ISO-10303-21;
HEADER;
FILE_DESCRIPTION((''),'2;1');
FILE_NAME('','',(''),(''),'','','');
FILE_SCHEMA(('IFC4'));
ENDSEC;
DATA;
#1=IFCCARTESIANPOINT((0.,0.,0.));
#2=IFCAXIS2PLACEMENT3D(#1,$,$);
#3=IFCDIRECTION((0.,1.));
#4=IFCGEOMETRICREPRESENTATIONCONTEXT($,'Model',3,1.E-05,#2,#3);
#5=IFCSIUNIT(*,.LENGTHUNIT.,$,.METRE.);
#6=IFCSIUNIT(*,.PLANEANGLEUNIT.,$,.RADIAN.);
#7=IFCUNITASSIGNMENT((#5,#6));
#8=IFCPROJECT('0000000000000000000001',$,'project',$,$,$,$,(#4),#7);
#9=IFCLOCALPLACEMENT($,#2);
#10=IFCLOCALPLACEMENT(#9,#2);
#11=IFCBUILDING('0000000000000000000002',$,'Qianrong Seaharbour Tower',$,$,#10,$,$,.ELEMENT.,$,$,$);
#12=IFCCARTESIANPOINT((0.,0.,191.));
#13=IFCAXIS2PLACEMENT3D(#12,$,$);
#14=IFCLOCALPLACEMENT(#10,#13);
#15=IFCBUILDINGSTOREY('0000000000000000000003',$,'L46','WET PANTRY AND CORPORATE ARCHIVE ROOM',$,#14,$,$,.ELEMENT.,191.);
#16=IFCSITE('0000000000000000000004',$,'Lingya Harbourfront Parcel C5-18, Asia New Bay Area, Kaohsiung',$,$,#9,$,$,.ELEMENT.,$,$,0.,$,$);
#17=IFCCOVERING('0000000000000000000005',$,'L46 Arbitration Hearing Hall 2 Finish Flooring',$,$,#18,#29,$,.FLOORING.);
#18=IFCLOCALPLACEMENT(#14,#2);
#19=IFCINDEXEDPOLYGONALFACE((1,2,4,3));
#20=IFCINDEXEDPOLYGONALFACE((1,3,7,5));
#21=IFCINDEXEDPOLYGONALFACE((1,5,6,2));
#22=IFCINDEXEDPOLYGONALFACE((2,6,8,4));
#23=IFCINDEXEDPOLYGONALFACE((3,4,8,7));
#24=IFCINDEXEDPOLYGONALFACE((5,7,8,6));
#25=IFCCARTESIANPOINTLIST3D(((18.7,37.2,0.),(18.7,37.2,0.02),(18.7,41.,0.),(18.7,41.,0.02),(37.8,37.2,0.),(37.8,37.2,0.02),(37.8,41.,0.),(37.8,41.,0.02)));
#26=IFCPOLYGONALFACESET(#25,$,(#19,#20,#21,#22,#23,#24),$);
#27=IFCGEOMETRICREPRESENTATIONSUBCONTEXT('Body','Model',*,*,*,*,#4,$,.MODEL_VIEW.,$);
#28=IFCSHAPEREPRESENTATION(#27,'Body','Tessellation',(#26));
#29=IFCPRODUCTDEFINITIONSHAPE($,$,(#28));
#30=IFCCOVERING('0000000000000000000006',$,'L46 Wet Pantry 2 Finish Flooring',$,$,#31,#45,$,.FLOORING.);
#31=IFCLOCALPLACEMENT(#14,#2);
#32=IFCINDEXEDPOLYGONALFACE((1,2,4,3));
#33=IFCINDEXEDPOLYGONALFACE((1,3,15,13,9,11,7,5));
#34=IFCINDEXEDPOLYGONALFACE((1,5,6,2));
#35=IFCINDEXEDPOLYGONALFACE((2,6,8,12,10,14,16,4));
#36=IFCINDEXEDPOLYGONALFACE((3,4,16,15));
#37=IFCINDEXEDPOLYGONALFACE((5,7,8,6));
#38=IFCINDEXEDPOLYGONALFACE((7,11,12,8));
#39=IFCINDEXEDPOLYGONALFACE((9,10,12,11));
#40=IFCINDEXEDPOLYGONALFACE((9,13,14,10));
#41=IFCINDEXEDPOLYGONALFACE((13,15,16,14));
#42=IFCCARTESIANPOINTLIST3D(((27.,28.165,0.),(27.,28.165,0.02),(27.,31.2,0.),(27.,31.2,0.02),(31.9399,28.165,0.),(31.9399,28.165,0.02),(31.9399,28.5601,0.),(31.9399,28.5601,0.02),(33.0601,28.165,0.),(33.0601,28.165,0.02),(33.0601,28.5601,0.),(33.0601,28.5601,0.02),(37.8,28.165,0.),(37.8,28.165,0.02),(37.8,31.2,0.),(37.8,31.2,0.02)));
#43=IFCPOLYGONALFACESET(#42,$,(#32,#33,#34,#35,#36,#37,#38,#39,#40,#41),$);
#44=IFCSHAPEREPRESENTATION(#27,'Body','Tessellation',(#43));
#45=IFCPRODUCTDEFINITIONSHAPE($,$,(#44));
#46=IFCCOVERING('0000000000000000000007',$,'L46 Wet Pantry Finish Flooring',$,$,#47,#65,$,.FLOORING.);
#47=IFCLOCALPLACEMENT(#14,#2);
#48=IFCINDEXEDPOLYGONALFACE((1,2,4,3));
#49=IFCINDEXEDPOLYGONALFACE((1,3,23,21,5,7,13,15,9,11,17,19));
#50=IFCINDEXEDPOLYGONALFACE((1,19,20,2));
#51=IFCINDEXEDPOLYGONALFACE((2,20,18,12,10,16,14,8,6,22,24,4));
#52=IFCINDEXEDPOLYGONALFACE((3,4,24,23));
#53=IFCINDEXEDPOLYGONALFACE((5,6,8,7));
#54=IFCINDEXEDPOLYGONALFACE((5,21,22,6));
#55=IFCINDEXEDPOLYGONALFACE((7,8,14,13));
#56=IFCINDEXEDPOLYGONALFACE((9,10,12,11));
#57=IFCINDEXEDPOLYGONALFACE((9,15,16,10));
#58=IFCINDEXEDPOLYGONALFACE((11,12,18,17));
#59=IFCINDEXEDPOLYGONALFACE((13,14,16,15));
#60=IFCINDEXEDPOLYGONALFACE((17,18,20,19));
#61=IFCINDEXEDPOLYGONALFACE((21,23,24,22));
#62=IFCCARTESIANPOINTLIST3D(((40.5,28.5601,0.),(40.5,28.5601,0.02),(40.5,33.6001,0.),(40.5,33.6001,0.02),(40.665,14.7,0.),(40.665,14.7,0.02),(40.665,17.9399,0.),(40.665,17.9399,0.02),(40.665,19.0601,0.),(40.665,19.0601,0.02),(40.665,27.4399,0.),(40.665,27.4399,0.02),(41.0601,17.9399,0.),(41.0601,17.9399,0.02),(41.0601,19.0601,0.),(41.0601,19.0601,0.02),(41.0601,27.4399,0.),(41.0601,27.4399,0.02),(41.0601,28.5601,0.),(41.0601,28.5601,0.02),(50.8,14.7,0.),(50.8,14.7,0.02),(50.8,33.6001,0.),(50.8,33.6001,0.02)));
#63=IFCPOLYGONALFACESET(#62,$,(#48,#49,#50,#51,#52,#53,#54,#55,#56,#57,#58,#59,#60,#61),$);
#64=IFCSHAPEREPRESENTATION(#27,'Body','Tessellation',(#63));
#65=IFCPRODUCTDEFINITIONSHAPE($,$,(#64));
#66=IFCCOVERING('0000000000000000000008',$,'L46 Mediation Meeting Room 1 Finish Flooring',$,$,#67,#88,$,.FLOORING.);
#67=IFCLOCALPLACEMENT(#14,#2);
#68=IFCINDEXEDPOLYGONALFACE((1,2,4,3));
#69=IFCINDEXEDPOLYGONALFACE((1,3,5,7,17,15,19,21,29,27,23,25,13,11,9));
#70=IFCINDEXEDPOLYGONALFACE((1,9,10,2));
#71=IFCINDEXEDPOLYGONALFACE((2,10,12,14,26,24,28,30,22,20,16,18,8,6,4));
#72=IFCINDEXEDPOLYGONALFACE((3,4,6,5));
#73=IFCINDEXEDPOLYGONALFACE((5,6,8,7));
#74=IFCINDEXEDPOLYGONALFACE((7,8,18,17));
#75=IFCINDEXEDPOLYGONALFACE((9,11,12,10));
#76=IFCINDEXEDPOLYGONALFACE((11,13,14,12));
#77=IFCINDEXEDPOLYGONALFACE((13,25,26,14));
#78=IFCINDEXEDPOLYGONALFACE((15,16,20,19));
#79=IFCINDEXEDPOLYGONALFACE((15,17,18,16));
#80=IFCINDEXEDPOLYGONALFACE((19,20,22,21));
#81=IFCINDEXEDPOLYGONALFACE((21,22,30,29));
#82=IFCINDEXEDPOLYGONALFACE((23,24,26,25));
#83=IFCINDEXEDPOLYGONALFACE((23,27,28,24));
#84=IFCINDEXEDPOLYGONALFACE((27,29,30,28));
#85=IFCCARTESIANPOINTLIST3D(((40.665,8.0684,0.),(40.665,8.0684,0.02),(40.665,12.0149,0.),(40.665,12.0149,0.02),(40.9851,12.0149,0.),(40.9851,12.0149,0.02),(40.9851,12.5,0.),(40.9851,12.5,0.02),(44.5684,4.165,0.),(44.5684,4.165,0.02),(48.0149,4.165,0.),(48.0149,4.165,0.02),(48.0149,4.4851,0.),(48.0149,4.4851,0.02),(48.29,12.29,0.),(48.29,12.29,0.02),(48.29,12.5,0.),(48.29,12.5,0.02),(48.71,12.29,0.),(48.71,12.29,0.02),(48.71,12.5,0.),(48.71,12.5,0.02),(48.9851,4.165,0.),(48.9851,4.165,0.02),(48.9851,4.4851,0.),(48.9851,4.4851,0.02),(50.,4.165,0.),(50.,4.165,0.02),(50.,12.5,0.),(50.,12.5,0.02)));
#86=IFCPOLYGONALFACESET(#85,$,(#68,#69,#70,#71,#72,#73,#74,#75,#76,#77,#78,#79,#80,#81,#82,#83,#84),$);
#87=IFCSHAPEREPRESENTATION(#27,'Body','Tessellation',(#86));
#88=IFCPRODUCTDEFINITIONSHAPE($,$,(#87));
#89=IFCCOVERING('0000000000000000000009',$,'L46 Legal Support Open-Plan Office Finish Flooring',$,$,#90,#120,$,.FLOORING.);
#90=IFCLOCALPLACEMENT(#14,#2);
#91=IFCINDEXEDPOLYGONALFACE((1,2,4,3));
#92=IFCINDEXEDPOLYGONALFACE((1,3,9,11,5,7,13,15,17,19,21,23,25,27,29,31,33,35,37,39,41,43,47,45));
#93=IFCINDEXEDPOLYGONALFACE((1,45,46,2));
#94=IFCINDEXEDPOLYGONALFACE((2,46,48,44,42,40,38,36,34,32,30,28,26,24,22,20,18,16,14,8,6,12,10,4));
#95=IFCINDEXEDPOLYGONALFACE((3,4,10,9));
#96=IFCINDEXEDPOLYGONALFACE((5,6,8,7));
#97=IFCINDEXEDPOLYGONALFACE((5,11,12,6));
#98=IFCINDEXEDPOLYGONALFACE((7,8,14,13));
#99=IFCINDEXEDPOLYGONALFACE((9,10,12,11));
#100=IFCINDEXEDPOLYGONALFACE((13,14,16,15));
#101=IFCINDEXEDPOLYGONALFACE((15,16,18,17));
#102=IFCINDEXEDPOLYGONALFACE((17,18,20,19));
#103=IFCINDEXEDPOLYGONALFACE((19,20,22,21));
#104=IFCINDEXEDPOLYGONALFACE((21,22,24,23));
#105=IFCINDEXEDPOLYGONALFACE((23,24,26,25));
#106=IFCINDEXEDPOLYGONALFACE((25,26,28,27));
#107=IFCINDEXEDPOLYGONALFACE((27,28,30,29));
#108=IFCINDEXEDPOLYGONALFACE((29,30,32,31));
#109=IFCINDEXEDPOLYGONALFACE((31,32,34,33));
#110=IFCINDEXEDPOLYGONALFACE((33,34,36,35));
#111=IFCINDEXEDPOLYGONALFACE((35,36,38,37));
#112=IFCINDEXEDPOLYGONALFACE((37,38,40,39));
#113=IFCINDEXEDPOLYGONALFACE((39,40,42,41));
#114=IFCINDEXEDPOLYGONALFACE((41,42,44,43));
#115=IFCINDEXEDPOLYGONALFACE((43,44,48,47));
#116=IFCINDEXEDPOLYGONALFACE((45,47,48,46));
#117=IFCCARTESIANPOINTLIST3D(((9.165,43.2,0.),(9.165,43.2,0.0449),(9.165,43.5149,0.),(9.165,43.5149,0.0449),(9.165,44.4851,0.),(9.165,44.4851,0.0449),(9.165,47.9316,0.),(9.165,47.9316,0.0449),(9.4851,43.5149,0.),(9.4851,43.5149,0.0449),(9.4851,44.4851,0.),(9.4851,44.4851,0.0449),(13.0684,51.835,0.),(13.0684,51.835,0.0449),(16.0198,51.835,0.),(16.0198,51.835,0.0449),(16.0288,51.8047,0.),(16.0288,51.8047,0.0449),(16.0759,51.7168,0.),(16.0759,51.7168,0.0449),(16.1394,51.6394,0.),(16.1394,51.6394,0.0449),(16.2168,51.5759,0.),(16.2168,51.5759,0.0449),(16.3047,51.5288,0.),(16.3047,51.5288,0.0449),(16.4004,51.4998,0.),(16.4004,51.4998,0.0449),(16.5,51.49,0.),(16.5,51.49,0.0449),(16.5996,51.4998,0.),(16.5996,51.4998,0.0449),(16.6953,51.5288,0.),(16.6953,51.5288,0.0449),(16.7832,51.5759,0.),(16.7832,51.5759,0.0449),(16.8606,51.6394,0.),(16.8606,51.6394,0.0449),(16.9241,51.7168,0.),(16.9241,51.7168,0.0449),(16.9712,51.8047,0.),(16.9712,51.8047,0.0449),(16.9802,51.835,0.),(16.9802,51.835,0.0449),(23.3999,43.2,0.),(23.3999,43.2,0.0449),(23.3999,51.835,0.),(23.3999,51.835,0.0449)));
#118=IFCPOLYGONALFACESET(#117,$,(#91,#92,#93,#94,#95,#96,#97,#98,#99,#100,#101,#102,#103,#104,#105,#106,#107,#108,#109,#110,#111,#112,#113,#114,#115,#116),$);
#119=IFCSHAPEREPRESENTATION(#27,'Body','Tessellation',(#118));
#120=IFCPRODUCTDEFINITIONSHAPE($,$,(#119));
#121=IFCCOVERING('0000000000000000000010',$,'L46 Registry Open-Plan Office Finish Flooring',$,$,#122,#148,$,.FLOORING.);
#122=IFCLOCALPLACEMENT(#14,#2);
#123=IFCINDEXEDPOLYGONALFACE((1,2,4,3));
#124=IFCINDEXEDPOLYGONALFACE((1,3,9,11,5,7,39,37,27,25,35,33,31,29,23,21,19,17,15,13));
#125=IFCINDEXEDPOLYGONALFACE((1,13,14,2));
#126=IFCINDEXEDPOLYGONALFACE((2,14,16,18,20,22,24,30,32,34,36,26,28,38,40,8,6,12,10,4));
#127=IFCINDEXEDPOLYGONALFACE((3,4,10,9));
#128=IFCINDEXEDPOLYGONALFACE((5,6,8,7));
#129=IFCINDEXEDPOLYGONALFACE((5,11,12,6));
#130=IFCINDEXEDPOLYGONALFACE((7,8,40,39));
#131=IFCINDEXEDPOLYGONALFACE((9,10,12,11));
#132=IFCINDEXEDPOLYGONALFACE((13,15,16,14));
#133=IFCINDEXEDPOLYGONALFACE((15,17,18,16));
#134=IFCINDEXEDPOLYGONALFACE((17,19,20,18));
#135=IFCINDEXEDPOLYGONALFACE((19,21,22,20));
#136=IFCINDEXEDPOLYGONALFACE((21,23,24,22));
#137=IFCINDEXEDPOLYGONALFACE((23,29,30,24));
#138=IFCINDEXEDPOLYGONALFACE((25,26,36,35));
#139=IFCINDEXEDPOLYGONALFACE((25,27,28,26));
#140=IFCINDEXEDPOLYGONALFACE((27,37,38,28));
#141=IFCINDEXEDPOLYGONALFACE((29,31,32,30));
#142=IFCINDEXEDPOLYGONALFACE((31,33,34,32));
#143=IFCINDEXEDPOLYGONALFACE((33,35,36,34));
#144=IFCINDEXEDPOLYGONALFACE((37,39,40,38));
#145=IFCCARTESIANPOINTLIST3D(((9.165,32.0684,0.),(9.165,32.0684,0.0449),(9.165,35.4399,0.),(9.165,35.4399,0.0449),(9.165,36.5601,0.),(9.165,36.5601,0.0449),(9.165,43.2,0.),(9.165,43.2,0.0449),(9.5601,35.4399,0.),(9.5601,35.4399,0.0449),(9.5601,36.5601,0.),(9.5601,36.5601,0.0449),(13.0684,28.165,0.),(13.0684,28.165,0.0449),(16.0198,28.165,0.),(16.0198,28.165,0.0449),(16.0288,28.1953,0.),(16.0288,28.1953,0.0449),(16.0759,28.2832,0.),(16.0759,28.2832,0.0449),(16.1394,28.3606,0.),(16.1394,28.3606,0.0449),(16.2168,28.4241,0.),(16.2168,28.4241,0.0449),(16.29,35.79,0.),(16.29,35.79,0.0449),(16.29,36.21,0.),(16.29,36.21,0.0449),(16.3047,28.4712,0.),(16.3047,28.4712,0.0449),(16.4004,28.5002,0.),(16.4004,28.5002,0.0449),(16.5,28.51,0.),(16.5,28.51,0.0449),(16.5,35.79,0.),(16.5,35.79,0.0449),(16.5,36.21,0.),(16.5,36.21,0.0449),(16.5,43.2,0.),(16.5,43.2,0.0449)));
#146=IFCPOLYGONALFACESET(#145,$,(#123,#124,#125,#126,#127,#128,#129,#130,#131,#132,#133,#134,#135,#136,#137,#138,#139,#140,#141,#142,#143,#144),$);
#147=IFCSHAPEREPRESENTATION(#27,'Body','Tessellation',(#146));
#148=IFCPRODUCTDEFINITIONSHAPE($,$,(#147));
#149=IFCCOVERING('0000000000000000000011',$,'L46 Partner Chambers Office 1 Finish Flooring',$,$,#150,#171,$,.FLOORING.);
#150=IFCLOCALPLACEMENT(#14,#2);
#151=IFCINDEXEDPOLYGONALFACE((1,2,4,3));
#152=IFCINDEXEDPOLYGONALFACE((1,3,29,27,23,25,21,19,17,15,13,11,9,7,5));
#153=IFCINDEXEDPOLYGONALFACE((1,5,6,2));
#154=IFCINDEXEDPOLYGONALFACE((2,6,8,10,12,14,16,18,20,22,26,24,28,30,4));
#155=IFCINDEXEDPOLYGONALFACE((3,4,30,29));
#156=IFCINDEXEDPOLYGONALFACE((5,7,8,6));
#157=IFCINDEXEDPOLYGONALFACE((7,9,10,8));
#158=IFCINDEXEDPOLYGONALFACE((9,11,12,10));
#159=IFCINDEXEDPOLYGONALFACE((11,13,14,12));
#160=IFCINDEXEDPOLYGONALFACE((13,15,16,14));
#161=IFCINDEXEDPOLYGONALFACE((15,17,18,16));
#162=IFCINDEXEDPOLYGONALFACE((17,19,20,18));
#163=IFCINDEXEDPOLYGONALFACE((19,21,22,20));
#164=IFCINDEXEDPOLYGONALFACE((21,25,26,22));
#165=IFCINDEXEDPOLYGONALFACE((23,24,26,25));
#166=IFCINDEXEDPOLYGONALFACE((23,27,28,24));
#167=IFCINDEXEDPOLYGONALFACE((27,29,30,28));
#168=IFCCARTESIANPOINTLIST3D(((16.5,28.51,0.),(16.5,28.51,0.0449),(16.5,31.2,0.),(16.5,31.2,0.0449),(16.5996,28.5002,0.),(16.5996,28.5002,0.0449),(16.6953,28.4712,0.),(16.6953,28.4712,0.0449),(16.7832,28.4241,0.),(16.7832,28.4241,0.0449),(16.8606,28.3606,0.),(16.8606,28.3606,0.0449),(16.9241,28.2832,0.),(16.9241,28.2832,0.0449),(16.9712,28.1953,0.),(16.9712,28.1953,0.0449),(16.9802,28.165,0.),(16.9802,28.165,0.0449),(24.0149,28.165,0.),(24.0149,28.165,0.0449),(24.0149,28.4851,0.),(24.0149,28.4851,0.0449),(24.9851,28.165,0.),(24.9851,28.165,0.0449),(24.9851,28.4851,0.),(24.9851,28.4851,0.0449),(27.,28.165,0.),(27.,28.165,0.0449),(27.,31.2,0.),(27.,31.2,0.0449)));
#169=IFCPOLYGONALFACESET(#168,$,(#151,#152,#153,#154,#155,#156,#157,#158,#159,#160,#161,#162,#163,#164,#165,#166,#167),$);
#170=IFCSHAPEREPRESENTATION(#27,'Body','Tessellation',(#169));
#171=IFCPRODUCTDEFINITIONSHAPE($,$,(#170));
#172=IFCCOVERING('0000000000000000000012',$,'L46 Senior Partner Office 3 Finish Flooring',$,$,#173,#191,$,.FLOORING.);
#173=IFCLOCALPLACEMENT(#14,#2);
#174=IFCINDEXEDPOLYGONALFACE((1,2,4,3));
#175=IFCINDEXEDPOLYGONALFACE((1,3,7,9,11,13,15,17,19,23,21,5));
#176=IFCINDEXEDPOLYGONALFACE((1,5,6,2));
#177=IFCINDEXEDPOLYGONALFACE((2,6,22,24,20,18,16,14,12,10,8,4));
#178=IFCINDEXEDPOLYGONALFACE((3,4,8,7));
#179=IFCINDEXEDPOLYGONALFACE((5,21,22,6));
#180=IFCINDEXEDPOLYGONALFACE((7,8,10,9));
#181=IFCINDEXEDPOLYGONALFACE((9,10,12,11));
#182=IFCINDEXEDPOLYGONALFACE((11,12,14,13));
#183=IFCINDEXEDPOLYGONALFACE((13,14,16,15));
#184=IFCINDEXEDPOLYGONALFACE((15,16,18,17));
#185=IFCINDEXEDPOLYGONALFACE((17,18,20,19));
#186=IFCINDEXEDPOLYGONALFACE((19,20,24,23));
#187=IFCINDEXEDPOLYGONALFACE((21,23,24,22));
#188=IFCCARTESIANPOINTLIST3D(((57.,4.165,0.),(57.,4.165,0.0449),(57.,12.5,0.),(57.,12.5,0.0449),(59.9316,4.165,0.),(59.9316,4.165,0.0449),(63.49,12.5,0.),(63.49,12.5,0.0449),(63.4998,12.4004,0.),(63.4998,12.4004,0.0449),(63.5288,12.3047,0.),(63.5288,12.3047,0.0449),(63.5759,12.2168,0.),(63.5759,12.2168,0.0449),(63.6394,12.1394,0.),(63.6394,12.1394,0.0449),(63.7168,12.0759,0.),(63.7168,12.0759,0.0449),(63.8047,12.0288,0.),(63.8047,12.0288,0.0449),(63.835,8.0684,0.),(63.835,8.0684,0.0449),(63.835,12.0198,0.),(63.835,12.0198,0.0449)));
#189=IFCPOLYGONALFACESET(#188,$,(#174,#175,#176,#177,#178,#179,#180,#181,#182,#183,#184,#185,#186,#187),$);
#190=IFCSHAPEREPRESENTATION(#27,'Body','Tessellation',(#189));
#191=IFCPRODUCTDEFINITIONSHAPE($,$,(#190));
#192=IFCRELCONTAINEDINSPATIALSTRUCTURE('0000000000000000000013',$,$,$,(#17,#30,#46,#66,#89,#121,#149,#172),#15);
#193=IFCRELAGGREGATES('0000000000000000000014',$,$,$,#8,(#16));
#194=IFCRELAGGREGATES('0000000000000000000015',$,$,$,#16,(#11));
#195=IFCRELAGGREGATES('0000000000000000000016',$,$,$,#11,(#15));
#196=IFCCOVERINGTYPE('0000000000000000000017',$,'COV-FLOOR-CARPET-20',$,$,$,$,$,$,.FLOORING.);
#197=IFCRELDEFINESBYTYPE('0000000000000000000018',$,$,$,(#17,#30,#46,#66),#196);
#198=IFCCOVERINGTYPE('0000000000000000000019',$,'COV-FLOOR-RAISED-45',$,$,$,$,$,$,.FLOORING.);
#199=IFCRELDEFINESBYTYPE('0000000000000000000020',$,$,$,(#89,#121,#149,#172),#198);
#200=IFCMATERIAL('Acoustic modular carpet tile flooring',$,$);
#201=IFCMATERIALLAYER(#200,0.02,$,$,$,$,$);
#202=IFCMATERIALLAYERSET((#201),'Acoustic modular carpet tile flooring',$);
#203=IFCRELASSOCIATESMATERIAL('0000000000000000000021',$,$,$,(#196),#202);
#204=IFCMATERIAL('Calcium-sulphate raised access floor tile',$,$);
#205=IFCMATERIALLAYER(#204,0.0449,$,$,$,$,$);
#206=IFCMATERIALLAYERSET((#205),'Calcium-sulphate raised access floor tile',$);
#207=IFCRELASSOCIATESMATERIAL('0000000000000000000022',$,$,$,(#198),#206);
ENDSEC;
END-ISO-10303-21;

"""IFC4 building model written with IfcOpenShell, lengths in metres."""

from ifc_helpers import new_model, si_unit, direction, frame, origin, place, context, subcontext, project, spatial, polyline, outline, extrude, material, layer, layer_set, type_object, element, save


model = new_model("IFC4")

# Units and contexts
model_context = context("Model", 3, precision=1e-05, world=origin(), true_north=direction((0.0, 1.0)))
body_context = subcontext(model_context, "Body", "Model", "MODEL_VIEW")
ifc_project = project(units=[si_unit("LENGTHUNIT", "METRE"), si_unit("PLANEANGLEUNIT", "RADIAN")], contexts=[model_context])

# Site, building, storey
site_placement = place(None, origin())
site = spatial("IfcSite", under=ifc_project, at=site_placement, Name="Lingya Harbourfront Parcel C5-18, Asia New Bay Area, Kaohsiung", CompositionType="ELEMENT", RefElevation=0.0)
building_placement = place(site_placement, origin())
building = spatial("IfcBuilding", under=site, at=building_placement, Name="Qianrong Seaharbour Tower", CompositionType="ELEMENT")
storey_placement = place(building_placement, frame((0.0, 0.0, 191.0)))
storey = spatial("IfcBuildingStorey", under=building, at=storey_placement, Name="L46", Description="WET PANTRY AND CORPORATE ARCHIVE ROOM", CompositionType="ELEMENT", Elevation=191.0)

# Coverings
ifc_material_1 = material(Name="Acoustic modular carpet tile flooring")
ifc_layer_1 = layer(ifc_material_1, 0.02)
ifc_layer_set_1 = layer_set([ifc_layer_1], Name="Acoustic modular carpet tile flooring")
covering_type_1 = type_object("IfcCoveringType", Name="COV-FLOOR-CARPET-20", PredefinedType="FLOORING", material=ifc_layer_set_1)
covering_1_placement = place(storey_placement, origin())
element("IfcCovering", 1, at=covering_1_placement, inside=storey, type_object=covering_type_1, Name="L46 Arbitration Hearing Hall 2 Finish Flooring", PredefinedType="FLOORING", context=body_context, shape_type="SweptSolid", body=[
    extrude(outline(polyline([(37.8, 41.0), (37.8, 37.2), (18.7, 37.2), (18.7, 41.0), (37.8, 41.0)])), origin(), (0.0, 0.0, 1.0), 0.02),
])
covering_2_placement = place(storey_placement, origin())
element("IfcCovering", 2, at=covering_2_placement, inside=storey, type_object=covering_type_1, Name="L46 Wet Pantry 2 Finish Flooring", PredefinedType="FLOORING", context=body_context, shape_type="SweptSolid", body=[
    extrude(outline(polyline([(37.8, 28.165), (33.0601, 28.165), (33.0601, 28.5601), (31.9399, 28.5601), (31.9399, 28.165), (27.0, 28.165), (27.0, 31.2), (37.8, 31.2), (37.8, 28.165)])), origin(), (0.0, 0.0, 1.0), 0.02),
])
covering_3_placement = place(storey_placement, origin())
element("IfcCovering", 3, at=covering_3_placement, inside=storey, type_object=covering_type_1, Name="L46 Wet Pantry Finish Flooring", PredefinedType="FLOORING", context=body_context, shape_type="SweptSolid", body=[
    extrude(outline(polyline([(50.8, 14.7), (40.665, 14.7), (40.665, 17.9399), (41.0601, 17.9399), (41.0601, 19.0601), (40.665, 19.0601), (40.665, 27.4399), (41.0601, 27.4399), (41.0601, 28.5601), (40.5, 28.5601), (40.5, 33.6001), (50.8, 33.6001), (50.8, 14.7)])), origin(), (0.0, 0.0, 1.0), 0.02),
])
covering_4_placement = place(storey_placement, origin())
element("IfcCovering", 4, at=covering_4_placement, inside=storey, type_object=covering_type_1, Name="L46 Mediation Meeting Room 1 Finish Flooring", PredefinedType="FLOORING", context=body_context, shape_type="SweptSolid", body=[
    extrude(outline(polyline([(48.9851, 4.165), (48.9851, 4.4851), (48.0149, 4.4851), (48.0149, 4.165), (44.5684, 4.165), (40.665, 8.0684), (40.665, 12.0149), (40.9851, 12.0149), (40.9851, 12.5), (48.29, 12.5), (48.29, 12.29), (48.71, 12.29), (48.71, 12.5), (50.0, 12.5), (50.0, 4.165), (48.9851, 4.165)])), origin(), (0.0, 0.0, 1.0), 0.02),
])
ifc_material_2 = material(Name="Calcium-sulphate raised access floor tile")
ifc_layer_2 = layer(ifc_material_2, 0.0449)
ifc_layer_set_2 = layer_set([ifc_layer_2], Name="Calcium-sulphate raised access floor tile")
covering_type_2 = type_object("IfcCoveringType", Name="COV-FLOOR-RAISED-45", PredefinedType="FLOORING", material=ifc_layer_set_2)
covering_5_placement = place(storey_placement, origin())
element("IfcCovering", 5, at=covering_5_placement, inside=storey, type_object=covering_type_2, Name="L46 Legal Support Open-Plan Office Finish Flooring", PredefinedType="FLOORING", context=body_context, shape_type="SweptSolid", body=[
    extrude(outline(polyline([(9.165, 43.5149), (9.4851, 43.5149), (9.4851, 44.4851), (9.165, 44.4851), (9.165, 47.9316), (13.0684, 51.835), (16.0198, 51.835), (16.0288, 51.8047), (16.0759, 51.7168), (16.1394, 51.6394), (16.2168, 51.5759), (16.3047, 51.5288), (16.4004, 51.4998), (16.5, 51.49), (16.5996, 51.4998), (16.6953, 51.5288), (16.7832, 51.5759), (16.8606, 51.6394), (16.9241, 51.7168), (16.9712, 51.8047), (16.9802, 51.835), (23.3999, 51.835), (23.3999, 43.2), (9.165, 43.2), (9.165, 43.5149)])), origin(), (0.0, 0.0, 1.0), 0.0449),
])
covering_6_placement = place(storey_placement, origin())
element("IfcCovering", 6, at=covering_6_placement, inside=storey, type_object=covering_type_2, Name="L46 Registry Open-Plan Office Finish Flooring", PredefinedType="FLOORING", context=body_context, shape_type="SweptSolid", body=[
    extrude(outline(polyline([(13.0684, 28.165), (9.165, 32.0684), (9.165, 35.4399), (9.5601, 35.4399), (9.5601, 36.5601), (9.165, 36.5601), (9.165, 43.2), (16.5, 43.2), (16.5, 36.21), (16.29, 36.21), (16.29, 35.79), (16.5, 35.79), (16.5, 28.51), (16.4004, 28.5002), (16.3047, 28.4712), (16.2168, 28.4241), (16.1394, 28.3606), (16.0759, 28.2832), (16.0288, 28.1953), (16.0198, 28.165), (13.0684, 28.165)])), origin(), (0.0, 0.0, 1.0), 0.0449),
])
covering_7_placement = place(storey_placement, origin())
element("IfcCovering", 7, at=covering_7_placement, inside=storey, type_object=covering_type_2, Name="L46 Partner Chambers Office 1 Finish Flooring", PredefinedType="FLOORING", context=body_context, shape_type="SweptSolid", body=[
    extrude(outline(polyline([(27.0, 28.165), (24.9851, 28.165), (24.9851, 28.4851), (24.0149, 28.4851), (24.0149, 28.165), (16.9802, 28.165), (16.9712, 28.1953), (16.9241, 28.2832), (16.8606, 28.3606), (16.7832, 28.4241), (16.6953, 28.4712), (16.5996, 28.5002), (16.5, 28.51), (16.5, 31.2), (27.0, 31.2), (27.0, 28.165)])), origin(), (0.0, 0.0, 1.0), 0.0449),
])
covering_8_placement = place(storey_placement, origin())
element("IfcCovering", 8, at=covering_8_placement, inside=storey, type_object=covering_type_2, Name="L46 Senior Partner Office 3 Finish Flooring", PredefinedType="FLOORING", context=body_context, shape_type="SweptSolid", body=[
    extrude(outline(polyline([(63.835, 8.0684), (59.9316, 4.165), (57.0, 4.165), (57.0, 12.5), (63.49, 12.5), (63.4998, 12.4004), (63.5288, 12.3047), (63.5759, 12.2168), (63.6394, 12.1394), (63.7168, 12.0759), (63.8047, 12.0288), (63.835, 12.0198), (63.835, 8.0684)])), origin(), (0.0, 0.0, 1.0), 0.0449),
])

save(model, "model.ifc")
